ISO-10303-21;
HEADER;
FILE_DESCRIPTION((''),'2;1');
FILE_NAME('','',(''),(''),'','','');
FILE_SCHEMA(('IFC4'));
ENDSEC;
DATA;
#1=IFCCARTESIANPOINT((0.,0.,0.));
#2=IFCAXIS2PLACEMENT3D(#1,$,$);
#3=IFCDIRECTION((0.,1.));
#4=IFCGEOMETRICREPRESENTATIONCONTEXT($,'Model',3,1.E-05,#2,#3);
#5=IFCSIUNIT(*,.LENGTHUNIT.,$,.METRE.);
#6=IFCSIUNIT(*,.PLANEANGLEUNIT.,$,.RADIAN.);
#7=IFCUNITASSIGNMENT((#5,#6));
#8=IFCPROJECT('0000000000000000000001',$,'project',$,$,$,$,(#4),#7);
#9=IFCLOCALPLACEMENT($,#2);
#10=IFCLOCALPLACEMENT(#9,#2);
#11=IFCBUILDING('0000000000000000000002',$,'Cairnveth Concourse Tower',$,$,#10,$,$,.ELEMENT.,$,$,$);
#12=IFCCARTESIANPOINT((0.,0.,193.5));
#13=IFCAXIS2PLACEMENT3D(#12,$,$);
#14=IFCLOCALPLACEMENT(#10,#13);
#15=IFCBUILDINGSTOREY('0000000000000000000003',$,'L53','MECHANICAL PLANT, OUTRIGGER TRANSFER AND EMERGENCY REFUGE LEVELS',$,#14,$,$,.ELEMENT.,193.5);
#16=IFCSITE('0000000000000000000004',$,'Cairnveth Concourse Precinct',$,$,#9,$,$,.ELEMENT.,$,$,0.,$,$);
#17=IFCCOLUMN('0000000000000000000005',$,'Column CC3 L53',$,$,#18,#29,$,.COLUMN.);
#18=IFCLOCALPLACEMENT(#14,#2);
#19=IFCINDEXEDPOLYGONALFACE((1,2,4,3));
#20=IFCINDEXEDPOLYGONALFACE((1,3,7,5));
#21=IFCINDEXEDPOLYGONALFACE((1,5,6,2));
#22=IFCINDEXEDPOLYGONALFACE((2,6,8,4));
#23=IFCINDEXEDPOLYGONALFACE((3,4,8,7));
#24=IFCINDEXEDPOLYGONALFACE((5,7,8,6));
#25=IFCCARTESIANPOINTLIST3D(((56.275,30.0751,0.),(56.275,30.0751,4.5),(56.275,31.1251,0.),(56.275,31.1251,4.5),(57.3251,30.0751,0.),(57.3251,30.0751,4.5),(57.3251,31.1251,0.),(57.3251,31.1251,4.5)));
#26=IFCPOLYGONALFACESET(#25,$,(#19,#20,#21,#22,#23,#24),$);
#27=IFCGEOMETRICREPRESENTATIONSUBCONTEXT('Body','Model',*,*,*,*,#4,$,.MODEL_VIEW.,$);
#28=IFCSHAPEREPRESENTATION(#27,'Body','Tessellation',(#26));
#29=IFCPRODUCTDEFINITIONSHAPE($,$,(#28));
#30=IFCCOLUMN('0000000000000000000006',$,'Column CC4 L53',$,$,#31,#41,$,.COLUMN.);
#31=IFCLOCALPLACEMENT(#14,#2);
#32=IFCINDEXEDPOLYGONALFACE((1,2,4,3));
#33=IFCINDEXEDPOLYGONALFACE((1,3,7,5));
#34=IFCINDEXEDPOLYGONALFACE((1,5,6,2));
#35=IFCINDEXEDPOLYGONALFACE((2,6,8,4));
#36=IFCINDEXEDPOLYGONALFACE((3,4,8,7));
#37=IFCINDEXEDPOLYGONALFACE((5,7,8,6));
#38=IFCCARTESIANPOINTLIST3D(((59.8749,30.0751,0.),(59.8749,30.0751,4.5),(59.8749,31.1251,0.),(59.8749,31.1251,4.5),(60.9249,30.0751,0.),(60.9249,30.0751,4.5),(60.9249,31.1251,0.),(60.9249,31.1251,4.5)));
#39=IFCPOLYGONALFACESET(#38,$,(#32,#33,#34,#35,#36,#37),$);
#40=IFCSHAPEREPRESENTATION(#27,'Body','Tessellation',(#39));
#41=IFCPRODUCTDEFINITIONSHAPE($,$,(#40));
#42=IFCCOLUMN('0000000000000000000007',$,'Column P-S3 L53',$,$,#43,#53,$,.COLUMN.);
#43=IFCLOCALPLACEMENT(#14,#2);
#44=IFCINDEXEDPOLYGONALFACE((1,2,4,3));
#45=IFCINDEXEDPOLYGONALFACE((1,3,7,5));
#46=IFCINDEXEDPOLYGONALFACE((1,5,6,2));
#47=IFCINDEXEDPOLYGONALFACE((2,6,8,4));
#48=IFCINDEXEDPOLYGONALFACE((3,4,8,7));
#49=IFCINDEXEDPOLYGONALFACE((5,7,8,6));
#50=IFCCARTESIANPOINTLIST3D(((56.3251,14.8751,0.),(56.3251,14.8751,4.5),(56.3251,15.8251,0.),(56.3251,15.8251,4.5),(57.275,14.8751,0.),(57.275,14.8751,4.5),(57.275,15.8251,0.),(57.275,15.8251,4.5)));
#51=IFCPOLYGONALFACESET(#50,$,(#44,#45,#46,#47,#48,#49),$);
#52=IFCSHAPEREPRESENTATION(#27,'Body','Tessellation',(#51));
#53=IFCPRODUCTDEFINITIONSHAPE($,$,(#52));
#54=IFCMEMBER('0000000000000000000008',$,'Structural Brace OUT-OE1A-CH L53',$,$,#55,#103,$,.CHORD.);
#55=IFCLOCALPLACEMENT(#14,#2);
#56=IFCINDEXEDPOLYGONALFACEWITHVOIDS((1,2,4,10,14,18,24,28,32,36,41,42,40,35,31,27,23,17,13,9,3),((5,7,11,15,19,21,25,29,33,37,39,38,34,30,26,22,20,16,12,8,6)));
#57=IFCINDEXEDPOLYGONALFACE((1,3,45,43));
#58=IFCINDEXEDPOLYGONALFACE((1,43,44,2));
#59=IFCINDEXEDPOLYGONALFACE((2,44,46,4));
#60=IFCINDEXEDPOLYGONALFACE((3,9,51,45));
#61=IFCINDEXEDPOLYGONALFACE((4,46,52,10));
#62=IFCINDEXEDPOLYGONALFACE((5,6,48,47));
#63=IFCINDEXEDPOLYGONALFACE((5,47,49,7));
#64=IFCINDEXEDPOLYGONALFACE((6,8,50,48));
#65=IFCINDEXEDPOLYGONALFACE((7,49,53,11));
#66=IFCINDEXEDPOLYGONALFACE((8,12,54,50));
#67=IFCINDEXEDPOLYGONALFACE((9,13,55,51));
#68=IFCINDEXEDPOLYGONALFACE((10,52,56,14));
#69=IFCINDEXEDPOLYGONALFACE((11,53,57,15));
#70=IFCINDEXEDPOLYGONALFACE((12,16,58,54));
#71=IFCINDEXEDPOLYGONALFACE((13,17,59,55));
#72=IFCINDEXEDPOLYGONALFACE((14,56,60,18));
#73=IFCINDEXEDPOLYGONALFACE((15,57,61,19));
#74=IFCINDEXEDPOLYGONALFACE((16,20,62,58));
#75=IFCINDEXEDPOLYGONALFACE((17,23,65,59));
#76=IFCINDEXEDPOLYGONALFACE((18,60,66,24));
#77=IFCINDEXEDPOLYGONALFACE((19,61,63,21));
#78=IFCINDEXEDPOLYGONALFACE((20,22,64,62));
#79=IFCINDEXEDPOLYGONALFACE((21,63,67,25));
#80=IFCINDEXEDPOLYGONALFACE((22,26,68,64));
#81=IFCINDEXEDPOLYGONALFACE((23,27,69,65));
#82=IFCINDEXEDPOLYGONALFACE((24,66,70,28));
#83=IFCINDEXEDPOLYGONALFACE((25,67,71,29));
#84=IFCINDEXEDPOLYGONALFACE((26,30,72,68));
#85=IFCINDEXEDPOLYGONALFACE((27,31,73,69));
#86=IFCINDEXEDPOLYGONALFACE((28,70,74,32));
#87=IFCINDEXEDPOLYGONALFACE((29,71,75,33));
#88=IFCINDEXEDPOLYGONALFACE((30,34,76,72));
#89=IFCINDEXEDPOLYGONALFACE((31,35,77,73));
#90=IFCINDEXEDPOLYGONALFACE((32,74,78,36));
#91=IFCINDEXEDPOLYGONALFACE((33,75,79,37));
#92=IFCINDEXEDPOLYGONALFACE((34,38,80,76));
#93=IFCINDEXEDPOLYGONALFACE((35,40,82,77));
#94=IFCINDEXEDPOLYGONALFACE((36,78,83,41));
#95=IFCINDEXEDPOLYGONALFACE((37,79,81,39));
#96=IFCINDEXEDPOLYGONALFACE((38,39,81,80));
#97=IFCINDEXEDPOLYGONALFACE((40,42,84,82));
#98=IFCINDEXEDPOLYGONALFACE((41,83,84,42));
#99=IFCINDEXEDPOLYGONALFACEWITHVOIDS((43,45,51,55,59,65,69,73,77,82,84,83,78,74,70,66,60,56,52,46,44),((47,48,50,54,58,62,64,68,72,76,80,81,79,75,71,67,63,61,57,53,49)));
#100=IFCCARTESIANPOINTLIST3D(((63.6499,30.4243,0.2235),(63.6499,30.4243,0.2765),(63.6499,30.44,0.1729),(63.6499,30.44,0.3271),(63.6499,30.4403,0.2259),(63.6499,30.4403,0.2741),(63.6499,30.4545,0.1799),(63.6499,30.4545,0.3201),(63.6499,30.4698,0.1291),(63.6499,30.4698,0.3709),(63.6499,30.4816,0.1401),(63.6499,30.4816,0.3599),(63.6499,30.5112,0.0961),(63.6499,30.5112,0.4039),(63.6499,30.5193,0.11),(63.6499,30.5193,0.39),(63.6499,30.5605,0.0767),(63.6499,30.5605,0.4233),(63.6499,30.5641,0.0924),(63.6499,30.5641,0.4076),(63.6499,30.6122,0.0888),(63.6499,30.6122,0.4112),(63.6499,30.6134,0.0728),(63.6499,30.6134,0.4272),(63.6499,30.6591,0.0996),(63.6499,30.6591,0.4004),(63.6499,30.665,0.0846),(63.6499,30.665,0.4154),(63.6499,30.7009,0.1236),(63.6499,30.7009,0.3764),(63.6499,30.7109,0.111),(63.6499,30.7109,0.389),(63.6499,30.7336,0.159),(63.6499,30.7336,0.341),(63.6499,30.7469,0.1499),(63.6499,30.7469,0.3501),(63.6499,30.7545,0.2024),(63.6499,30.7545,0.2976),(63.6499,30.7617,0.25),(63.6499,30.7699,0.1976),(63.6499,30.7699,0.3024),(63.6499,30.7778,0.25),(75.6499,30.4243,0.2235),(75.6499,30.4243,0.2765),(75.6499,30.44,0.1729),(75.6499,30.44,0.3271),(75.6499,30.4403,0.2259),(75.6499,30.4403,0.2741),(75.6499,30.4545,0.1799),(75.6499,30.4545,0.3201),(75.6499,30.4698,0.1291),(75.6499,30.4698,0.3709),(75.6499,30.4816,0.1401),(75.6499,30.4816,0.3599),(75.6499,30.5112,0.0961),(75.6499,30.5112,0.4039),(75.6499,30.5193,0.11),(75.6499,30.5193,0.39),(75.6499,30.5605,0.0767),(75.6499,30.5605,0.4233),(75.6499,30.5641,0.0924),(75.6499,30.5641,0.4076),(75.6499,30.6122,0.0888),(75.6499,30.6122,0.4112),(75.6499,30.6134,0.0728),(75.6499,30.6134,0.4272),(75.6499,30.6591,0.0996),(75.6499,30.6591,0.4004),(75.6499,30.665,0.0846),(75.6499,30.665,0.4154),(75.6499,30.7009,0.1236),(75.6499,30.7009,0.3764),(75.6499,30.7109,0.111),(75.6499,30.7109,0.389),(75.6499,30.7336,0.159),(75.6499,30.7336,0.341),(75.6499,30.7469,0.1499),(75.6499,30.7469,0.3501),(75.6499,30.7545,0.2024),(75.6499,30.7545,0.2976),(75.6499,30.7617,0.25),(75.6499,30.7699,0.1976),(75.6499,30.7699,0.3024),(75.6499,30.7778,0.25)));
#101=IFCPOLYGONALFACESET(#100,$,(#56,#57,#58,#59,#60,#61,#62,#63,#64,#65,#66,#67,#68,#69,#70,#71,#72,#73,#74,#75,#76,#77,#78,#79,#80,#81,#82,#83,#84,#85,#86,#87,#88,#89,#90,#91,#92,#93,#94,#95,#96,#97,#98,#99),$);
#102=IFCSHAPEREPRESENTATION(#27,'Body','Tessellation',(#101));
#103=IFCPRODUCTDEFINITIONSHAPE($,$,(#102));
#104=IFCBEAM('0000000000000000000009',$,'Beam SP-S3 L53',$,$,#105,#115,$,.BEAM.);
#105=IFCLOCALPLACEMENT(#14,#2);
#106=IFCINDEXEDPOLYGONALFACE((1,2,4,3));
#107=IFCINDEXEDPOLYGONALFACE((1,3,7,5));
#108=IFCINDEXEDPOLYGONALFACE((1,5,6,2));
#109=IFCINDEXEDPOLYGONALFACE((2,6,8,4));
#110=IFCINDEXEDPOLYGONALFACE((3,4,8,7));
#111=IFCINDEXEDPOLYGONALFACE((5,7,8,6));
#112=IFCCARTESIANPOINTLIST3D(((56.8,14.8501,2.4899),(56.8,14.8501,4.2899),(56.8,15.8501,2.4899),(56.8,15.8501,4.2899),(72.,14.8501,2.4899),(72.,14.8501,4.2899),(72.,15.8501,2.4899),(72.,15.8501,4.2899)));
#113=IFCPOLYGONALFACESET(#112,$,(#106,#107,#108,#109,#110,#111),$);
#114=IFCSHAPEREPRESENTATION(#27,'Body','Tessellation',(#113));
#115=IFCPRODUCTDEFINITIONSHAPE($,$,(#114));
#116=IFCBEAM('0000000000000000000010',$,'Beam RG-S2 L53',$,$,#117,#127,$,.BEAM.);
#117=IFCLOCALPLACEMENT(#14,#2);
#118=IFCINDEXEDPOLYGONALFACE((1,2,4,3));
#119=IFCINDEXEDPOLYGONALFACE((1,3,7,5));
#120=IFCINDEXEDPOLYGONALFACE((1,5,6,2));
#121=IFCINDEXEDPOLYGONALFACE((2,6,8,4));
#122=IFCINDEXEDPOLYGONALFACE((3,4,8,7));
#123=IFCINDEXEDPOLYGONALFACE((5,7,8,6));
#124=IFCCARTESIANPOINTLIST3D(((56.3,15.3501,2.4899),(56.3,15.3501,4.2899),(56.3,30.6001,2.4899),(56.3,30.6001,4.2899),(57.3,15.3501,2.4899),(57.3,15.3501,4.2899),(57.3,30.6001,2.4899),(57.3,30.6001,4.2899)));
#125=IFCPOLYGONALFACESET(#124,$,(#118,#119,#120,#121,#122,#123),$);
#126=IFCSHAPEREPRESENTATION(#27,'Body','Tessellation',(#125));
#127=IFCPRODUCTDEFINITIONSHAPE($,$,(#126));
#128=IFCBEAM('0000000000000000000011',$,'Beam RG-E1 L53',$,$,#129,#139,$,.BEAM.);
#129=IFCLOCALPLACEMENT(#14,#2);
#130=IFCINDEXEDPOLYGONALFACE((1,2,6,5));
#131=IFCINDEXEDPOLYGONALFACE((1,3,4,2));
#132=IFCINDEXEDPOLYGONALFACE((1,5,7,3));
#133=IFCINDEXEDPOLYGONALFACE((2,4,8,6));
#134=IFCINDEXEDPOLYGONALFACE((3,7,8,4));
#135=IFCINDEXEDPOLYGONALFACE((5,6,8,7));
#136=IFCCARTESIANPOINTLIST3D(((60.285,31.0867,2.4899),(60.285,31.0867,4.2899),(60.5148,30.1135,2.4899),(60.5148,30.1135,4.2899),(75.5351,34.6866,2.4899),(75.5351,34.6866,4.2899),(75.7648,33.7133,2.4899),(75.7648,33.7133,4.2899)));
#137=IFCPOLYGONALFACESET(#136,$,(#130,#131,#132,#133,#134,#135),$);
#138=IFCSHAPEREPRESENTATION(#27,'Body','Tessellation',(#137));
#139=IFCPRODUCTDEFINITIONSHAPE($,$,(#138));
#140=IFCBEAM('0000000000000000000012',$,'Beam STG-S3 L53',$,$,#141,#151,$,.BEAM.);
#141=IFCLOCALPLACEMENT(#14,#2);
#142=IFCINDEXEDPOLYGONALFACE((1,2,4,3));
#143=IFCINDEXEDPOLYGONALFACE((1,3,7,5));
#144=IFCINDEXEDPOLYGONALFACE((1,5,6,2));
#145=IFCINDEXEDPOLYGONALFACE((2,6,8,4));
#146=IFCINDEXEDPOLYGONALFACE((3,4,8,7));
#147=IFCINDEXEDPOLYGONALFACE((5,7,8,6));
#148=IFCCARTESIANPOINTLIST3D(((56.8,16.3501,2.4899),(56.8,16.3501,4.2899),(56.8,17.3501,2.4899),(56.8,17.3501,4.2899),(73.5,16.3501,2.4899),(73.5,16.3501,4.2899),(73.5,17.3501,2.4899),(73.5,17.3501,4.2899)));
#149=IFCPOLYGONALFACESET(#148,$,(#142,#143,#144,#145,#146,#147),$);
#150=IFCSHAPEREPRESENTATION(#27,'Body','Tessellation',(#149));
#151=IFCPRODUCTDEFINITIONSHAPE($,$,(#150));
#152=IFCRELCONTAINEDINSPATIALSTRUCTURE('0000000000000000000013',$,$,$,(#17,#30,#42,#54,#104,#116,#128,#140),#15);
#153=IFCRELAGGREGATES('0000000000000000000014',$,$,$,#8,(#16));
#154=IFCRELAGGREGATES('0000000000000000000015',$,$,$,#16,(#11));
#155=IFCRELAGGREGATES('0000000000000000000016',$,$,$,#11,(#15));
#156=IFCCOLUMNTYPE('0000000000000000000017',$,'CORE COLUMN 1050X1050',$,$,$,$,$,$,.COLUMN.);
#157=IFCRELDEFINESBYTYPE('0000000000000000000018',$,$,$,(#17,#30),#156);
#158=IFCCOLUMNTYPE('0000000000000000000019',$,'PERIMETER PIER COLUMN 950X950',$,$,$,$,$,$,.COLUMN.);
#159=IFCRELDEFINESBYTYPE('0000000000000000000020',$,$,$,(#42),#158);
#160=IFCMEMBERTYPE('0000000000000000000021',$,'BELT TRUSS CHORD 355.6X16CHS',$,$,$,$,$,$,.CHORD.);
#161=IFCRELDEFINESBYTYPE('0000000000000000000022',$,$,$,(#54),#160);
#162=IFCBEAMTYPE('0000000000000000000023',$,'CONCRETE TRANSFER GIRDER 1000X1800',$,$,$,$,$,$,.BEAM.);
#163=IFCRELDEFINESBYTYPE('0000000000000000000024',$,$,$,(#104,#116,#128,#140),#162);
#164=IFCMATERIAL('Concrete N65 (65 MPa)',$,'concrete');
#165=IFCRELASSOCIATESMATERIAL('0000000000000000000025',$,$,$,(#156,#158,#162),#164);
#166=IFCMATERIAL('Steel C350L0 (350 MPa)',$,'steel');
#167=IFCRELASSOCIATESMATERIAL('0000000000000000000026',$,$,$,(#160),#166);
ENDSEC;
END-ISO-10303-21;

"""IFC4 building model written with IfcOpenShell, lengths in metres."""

from ifc_helpers import new_model, si_unit, direction, frame, origin, origin_2d, place, context, subcontext, project, spatial, rectangle, hollow_circle, extrude, material, material_profile, profile_set, type_object, element, save


model = new_model("IFC4")

# Units and contexts
model_context = context("Model", 3, precision=1e-05, world=origin(), true_north=direction((0.0, 1.0)))
body_context = subcontext(model_context, "Body", "Model", "MODEL_VIEW")
ifc_project = project(units=[si_unit("LENGTHUNIT", "METRE"), si_unit("PLANEANGLEUNIT", "RADIAN")], contexts=[model_context])

# Site, building, storey
site_placement = place(None, origin())
site = spatial("IfcSite", under=ifc_project, at=site_placement, Name="Cairnveth Concourse Precinct", CompositionType="ELEMENT", RefElevation=0.0)
building_placement = place(site_placement, origin())
building = spatial("IfcBuilding", under=site, at=building_placement, Name="Cairnveth Concourse Tower", CompositionType="ELEMENT")
storey_placement = place(building_placement, frame((0.0, 0.0, 193.5)))
storey = spatial("IfcBuildingStorey", under=building, at=storey_placement, Name="L53", Description="MECHANICAL PLANT, OUTRIGGER TRANSFER AND EMERGENCY REFUGE LEVELS", CompositionType="ELEMENT", Elevation=193.5)

# Columns
ifc_material_1 = material(Name="Concrete N65 (65 MPa)", Category="concrete")
ifc_material_profile_1 = material_profile(ifc_material_1, rectangle(XDim=1.05, YDim=1.05, at=origin_2d()), Name="RC-COL-1050x1050")
ifc_profile_set_1 = profile_set([ifc_material_profile_1], Name="Concrete N65 (65 MPa)")
column_type_1 = type_object("IfcColumnType", Name="CORE COLUMN 1050X1050", PredefinedType="COLUMN", material=ifc_profile_set_1)
for number, where, z_axis, x_axis, name in (
    (1, (56.8, 30.6001, 0.0), (0.0, 0.0, 1.0), (1.0, 0.0, 0.0), "Column CC3 L53"),
    (2, (60.3999, 30.6001, 0.0), (0.0, 0.0, 1.0), (1.0, 0.0, 0.0), "Column CC4 L53"),
):
    element("IfcColumn", number, at=place(storey_placement, frame(where, z_axis=z_axis, x_axis=x_axis)), inside=storey, type_object=column_type_1, Name=name, PredefinedType="COLUMN", context=body_context, shape_type="SweptSolid", body=[
        extrude(rectangle(XDim=1.05, YDim=1.05, at=origin_2d()), origin(), (0.0, 0.0, 1.0), 4.5),
    ])
ifc_material_profile_2 = material_profile(ifc_material_1, rectangle(XDim=0.95, YDim=0.95, at=origin_2d()), Name="RC-COL-950x950")
ifc_profile_set_2 = profile_set([ifc_material_profile_2], Name="Concrete N65 (65 MPa)")
column_type_2 = type_object("IfcColumnType", Name="PERIMETER PIER COLUMN 950X950", PredefinedType="COLUMN", material=ifc_profile_set_2)
column_placement = place(storey_placement, frame((56.8, 15.3501, 0.0), z_axis=(0.0, 0.0, 1.0), x_axis=(1.0, 0.0, 0.0)))
element("IfcColumn", 3, at=column_placement, inside=storey, type_object=column_type_2, Name="Column P-S3 L53", PredefinedType="COLUMN", context=body_context, shape_type="SweptSolid", body=[
    extrude(rectangle(XDim=0.95, YDim=0.95, at=origin_2d()), origin(), (0.0, 0.0, 1.0), 4.5),
])

# Member
ifc_material_2 = material(Name="Steel C350L0 (350 MPa)", Category="steel")
ifc_material_profile_3 = material_profile(ifc_material_2, hollow_circle(Radius=0.1777, WallThickness=0.0161, at=origin_2d()), Name="355.6x16.0CHS")
ifc_profile_set_3 = profile_set([ifc_material_profile_3], Name="Steel C350L0 (350 MPa)")
member_type_1 = type_object("IfcMemberType", Name="BELT TRUSS CHORD 355.6X16CHS", PredefinedType="CHORD", material=ifc_profile_set_3)
member_1_placement = place(storey_placement, frame((63.6499, 30.6001, 0.25), z_axis=(1.0, 0.0, 0.0), x_axis=(0.0, 1.0, 0.0)))
element("IfcMember", 4, at=member_1_placement, inside=storey, type_object=member_type_1, Name="Structural Brace OUT-OE1A-CH L53", PredefinedType="CHORD", context=body_context, shape_type="SweptSolid", body=[
    extrude(hollow_circle(Radius=0.1777, WallThickness=0.0161, at=origin_2d()), origin(), (0.0, 0.0, 1.0), 12.0),
])

# Beams
ifc_material_profile_4 = material_profile(ifc_material_1, rectangle(XDim=1.0, YDim=1.8, at=origin_2d()), Name="RC-TB-1000x1800")
ifc_profile_set_4 = profile_set([ifc_material_profile_4], Name="Concrete N65 (65 MPa)")
beam_type = type_object("IfcBeamType", Name="CONCRETE TRANSFER GIRDER 1000X1800", PredefinedType="BEAM", material=ifc_profile_set_4)
beam_1_placement = place(storey_placement, frame((56.8, 15.3501, 3.3899), z_axis=(1.0, 0.0, 0.0), x_axis=(0.0, 1.0, 0.0)))
element("IfcBeam", 5, at=beam_1_placement, inside=storey, type_object=beam_type, Name="Beam SP-S3 L53", PredefinedType="BEAM", context=body_context, shape_type="SweptSolid", body=[
    extrude(rectangle(XDim=1.0, YDim=1.8, at=origin_2d()), origin(), (0.0, 0.0, 1.0), 15.2),
])
beam_2_placement = place(storey_placement, frame((56.8, 15.3501, 3.3899), z_axis=(0.0, 1.0, 0.0), x_axis=(-1.0, 0.0, 0.0)))
element("IfcBeam", 6, at=beam_2_placement, inside=storey, type_object=beam_type, Name="Beam RG-S2 L53", PredefinedType="BEAM", context=body_context, shape_type="SweptSolid", body=[
    extrude(rectangle(XDim=1.0, YDim=1.8, at=origin_2d()), origin(), (0.0, 0.0, 1.0), 15.25),
])
beam_3_placement = place(storey_placement, frame((60.3999, 30.6001, 3.3899), z_axis=(0.973252, 0.229742, 0.0), x_axis=(-0.229742, 0.973252, 0.0)))
element("IfcBeam", 7, at=beam_3_placement, inside=storey, type_object=beam_type, Name="Beam RG-E1 L53", PredefinedType="BEAM", context=body_context, shape_type="SweptSolid", body=[
    extrude(rectangle(XDim=1.0, YDim=1.8, at=origin_2d()), origin(), (0.0, 0.0, 1.0), 15.6692),
])
beam_4_placement = place(storey_placement, frame((56.8, 16.8501, 3.3899), z_axis=(1.0, 0.0, 0.0), x_axis=(0.0, 1.0, 0.0)))
element("IfcBeam", 8, at=beam_4_placement, inside=storey, type_object=beam_type, Name="Beam STG-S3 L53", PredefinedType="BEAM", context=body_context, shape_type="SweptSolid", body=[
    extrude(rectangle(XDim=1.0, YDim=1.8, at=origin_2d()), origin(), (0.0, 0.0, 1.0), 16.7),
])

save(model, "model.ifc")
